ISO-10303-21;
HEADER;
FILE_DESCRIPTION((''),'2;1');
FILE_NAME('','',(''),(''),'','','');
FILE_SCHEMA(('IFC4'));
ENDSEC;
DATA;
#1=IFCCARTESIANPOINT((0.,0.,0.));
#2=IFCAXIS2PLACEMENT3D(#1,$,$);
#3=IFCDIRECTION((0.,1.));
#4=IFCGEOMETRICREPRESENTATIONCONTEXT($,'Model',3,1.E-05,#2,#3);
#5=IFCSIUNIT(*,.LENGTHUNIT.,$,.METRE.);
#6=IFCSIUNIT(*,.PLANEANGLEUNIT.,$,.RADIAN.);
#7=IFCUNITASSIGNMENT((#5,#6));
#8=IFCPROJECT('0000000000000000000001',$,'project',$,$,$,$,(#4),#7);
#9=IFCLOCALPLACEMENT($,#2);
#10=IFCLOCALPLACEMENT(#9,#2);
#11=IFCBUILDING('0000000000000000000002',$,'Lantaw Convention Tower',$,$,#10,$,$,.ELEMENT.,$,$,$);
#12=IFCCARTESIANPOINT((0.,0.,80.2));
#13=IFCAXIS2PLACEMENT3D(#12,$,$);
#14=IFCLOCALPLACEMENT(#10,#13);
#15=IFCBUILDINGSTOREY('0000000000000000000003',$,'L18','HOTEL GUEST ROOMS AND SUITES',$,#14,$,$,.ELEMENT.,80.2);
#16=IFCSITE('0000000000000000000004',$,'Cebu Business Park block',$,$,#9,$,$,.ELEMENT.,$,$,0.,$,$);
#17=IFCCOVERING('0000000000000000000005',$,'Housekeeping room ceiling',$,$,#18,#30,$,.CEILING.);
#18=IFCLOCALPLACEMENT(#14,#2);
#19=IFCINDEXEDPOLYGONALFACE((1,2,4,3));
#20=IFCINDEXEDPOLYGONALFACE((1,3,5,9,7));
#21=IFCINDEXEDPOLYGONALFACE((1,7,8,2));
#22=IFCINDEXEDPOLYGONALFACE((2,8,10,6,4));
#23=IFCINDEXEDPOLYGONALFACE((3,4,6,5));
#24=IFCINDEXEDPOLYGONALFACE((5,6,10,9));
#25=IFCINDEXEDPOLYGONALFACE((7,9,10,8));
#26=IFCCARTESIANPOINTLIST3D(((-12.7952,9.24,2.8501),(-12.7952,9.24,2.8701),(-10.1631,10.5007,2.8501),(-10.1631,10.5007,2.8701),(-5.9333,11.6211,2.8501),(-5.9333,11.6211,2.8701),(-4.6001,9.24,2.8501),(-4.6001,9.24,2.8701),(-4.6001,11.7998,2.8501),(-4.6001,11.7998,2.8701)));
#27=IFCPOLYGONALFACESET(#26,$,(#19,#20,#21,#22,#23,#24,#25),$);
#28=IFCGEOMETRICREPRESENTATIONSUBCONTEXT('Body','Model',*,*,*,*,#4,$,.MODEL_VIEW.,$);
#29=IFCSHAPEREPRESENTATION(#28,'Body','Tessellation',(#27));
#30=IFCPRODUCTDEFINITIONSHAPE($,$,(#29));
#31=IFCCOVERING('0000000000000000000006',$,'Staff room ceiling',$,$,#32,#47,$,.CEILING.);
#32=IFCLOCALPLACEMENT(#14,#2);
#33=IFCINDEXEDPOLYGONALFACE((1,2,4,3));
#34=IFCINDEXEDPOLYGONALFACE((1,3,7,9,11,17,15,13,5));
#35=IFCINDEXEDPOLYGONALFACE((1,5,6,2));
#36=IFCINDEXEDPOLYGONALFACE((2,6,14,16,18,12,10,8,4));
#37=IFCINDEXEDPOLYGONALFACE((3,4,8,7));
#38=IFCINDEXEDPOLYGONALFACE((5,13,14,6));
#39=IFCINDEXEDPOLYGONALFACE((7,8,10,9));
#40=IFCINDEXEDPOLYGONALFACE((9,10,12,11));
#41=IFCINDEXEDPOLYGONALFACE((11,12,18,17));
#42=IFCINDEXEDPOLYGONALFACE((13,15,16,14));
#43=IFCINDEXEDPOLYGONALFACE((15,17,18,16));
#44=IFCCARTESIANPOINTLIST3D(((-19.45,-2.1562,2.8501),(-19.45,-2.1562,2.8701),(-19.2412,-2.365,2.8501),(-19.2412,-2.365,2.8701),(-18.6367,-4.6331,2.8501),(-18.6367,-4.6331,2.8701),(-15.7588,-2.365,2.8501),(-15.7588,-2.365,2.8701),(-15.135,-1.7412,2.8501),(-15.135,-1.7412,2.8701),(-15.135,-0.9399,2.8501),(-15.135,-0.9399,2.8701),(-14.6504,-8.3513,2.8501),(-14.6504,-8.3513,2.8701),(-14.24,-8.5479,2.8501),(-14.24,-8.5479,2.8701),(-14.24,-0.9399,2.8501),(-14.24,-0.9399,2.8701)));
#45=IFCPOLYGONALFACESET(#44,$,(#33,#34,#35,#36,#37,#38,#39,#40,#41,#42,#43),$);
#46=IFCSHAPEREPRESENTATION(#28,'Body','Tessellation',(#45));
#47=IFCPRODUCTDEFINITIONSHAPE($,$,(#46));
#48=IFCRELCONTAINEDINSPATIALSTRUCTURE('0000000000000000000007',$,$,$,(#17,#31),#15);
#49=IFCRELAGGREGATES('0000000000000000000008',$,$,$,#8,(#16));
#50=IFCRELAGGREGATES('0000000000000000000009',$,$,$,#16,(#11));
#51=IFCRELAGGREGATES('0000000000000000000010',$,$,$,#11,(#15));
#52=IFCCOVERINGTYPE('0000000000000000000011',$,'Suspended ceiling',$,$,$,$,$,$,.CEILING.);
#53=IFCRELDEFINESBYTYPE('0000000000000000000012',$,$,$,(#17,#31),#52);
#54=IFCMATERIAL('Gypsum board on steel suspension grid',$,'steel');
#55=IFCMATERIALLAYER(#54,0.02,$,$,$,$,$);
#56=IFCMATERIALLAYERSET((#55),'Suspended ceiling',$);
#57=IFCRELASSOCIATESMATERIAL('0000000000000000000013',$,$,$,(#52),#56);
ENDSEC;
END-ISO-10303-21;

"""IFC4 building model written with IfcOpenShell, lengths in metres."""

from ifc_helpers import new_model, si_unit, direction, frame, origin, place, context, subcontext, project, spatial, polyline, outline, extrude, material, layer, layer_set, type_object, element, save


model = new_model("IFC4")

# Units and contexts
model_context = context("Model", 3, precision=1e-05, world=origin(), true_north=direction((0.0, 1.0)))
body_context = subcontext(model_context, "Body", "Model", "MODEL_VIEW")
ifc_project = project(units=[si_unit("LENGTHUNIT", "METRE"), si_unit("PLANEANGLEUNIT", "RADIAN")], contexts=[model_context])

# Site, building, storey
site_placement = place(None, origin())
site = spatial("IfcSite", under=ifc_project, at=site_placement, Name="Cebu Business Park block", CompositionType="ELEMENT", RefElevation=0.0)
building_placement = place(site_placement, origin())
building = spatial("IfcBuilding", under=site, at=building_placement, Name="Lantaw Convention Tower", CompositionType="ELEMENT")
storey_placement = place(building_placement, frame((0.0, 0.0, 80.2)))
storey = spatial("IfcBuildingStorey", under=building, at=storey_placement, Name="L18", Description="HOTEL GUEST ROOMS AND SUITES", CompositionType="ELEMENT", Elevation=80.2)

# Coverings
ifc_material_1 = material(Name="Gypsum board on steel suspension grid", Category="steel")
ifc_layer_1 = layer(ifc_material_1, 0.02)
ifc_layer_set_1 = layer_set([ifc_layer_1], Name="Suspended ceiling")
covering_type = type_object("IfcCoveringType", Name="Suspended ceiling", PredefinedType="CEILING", material=ifc_layer_set_1)
covering_1_placement = place(storey_placement, frame((0.0, 0.0, 2.8501)))
element("IfcCovering", 1, at=covering_1_placement, inside=storey, type_object=covering_type, Name="Housekeeping room ceiling", PredefinedType="CEILING", context=body_context, shape_type="SweptSolid", body=[
    extrude(outline(polyline([(-12.7952, 9.24), (-4.6001, 9.24), (-4.6001, 11.7998), (-5.9333, 11.6211), (-10.1631, 10.5007), (-12.7952, 9.24)])), origin(), (0.0, 0.0, 1.0), 0.02),
])
covering_2_placement = place(storey_placement, frame((0.0, 0.0, 2.8501)))
element("IfcCovering", 2, at=covering_2_placement, inside=storey, type_object=covering_type, Name="Staff room ceiling", PredefinedType="CEILING", context=body_context, shape_type="SweptSolid", body=[
    extrude(outline(polyline([(-14.24, -0.9399), (-15.135, -0.9399), (-15.135, -1.7412), (-15.7588, -2.365), (-19.2412, -2.365), (-19.45, -2.1562), (-18.6367, -4.6331), (-14.6504, -8.3513), (-14.24, -8.5479), (-14.24, -0.9399)])), origin(), (0.0, 0.0, 1.0), 0.02),
])

save(model, "model.ifc")
